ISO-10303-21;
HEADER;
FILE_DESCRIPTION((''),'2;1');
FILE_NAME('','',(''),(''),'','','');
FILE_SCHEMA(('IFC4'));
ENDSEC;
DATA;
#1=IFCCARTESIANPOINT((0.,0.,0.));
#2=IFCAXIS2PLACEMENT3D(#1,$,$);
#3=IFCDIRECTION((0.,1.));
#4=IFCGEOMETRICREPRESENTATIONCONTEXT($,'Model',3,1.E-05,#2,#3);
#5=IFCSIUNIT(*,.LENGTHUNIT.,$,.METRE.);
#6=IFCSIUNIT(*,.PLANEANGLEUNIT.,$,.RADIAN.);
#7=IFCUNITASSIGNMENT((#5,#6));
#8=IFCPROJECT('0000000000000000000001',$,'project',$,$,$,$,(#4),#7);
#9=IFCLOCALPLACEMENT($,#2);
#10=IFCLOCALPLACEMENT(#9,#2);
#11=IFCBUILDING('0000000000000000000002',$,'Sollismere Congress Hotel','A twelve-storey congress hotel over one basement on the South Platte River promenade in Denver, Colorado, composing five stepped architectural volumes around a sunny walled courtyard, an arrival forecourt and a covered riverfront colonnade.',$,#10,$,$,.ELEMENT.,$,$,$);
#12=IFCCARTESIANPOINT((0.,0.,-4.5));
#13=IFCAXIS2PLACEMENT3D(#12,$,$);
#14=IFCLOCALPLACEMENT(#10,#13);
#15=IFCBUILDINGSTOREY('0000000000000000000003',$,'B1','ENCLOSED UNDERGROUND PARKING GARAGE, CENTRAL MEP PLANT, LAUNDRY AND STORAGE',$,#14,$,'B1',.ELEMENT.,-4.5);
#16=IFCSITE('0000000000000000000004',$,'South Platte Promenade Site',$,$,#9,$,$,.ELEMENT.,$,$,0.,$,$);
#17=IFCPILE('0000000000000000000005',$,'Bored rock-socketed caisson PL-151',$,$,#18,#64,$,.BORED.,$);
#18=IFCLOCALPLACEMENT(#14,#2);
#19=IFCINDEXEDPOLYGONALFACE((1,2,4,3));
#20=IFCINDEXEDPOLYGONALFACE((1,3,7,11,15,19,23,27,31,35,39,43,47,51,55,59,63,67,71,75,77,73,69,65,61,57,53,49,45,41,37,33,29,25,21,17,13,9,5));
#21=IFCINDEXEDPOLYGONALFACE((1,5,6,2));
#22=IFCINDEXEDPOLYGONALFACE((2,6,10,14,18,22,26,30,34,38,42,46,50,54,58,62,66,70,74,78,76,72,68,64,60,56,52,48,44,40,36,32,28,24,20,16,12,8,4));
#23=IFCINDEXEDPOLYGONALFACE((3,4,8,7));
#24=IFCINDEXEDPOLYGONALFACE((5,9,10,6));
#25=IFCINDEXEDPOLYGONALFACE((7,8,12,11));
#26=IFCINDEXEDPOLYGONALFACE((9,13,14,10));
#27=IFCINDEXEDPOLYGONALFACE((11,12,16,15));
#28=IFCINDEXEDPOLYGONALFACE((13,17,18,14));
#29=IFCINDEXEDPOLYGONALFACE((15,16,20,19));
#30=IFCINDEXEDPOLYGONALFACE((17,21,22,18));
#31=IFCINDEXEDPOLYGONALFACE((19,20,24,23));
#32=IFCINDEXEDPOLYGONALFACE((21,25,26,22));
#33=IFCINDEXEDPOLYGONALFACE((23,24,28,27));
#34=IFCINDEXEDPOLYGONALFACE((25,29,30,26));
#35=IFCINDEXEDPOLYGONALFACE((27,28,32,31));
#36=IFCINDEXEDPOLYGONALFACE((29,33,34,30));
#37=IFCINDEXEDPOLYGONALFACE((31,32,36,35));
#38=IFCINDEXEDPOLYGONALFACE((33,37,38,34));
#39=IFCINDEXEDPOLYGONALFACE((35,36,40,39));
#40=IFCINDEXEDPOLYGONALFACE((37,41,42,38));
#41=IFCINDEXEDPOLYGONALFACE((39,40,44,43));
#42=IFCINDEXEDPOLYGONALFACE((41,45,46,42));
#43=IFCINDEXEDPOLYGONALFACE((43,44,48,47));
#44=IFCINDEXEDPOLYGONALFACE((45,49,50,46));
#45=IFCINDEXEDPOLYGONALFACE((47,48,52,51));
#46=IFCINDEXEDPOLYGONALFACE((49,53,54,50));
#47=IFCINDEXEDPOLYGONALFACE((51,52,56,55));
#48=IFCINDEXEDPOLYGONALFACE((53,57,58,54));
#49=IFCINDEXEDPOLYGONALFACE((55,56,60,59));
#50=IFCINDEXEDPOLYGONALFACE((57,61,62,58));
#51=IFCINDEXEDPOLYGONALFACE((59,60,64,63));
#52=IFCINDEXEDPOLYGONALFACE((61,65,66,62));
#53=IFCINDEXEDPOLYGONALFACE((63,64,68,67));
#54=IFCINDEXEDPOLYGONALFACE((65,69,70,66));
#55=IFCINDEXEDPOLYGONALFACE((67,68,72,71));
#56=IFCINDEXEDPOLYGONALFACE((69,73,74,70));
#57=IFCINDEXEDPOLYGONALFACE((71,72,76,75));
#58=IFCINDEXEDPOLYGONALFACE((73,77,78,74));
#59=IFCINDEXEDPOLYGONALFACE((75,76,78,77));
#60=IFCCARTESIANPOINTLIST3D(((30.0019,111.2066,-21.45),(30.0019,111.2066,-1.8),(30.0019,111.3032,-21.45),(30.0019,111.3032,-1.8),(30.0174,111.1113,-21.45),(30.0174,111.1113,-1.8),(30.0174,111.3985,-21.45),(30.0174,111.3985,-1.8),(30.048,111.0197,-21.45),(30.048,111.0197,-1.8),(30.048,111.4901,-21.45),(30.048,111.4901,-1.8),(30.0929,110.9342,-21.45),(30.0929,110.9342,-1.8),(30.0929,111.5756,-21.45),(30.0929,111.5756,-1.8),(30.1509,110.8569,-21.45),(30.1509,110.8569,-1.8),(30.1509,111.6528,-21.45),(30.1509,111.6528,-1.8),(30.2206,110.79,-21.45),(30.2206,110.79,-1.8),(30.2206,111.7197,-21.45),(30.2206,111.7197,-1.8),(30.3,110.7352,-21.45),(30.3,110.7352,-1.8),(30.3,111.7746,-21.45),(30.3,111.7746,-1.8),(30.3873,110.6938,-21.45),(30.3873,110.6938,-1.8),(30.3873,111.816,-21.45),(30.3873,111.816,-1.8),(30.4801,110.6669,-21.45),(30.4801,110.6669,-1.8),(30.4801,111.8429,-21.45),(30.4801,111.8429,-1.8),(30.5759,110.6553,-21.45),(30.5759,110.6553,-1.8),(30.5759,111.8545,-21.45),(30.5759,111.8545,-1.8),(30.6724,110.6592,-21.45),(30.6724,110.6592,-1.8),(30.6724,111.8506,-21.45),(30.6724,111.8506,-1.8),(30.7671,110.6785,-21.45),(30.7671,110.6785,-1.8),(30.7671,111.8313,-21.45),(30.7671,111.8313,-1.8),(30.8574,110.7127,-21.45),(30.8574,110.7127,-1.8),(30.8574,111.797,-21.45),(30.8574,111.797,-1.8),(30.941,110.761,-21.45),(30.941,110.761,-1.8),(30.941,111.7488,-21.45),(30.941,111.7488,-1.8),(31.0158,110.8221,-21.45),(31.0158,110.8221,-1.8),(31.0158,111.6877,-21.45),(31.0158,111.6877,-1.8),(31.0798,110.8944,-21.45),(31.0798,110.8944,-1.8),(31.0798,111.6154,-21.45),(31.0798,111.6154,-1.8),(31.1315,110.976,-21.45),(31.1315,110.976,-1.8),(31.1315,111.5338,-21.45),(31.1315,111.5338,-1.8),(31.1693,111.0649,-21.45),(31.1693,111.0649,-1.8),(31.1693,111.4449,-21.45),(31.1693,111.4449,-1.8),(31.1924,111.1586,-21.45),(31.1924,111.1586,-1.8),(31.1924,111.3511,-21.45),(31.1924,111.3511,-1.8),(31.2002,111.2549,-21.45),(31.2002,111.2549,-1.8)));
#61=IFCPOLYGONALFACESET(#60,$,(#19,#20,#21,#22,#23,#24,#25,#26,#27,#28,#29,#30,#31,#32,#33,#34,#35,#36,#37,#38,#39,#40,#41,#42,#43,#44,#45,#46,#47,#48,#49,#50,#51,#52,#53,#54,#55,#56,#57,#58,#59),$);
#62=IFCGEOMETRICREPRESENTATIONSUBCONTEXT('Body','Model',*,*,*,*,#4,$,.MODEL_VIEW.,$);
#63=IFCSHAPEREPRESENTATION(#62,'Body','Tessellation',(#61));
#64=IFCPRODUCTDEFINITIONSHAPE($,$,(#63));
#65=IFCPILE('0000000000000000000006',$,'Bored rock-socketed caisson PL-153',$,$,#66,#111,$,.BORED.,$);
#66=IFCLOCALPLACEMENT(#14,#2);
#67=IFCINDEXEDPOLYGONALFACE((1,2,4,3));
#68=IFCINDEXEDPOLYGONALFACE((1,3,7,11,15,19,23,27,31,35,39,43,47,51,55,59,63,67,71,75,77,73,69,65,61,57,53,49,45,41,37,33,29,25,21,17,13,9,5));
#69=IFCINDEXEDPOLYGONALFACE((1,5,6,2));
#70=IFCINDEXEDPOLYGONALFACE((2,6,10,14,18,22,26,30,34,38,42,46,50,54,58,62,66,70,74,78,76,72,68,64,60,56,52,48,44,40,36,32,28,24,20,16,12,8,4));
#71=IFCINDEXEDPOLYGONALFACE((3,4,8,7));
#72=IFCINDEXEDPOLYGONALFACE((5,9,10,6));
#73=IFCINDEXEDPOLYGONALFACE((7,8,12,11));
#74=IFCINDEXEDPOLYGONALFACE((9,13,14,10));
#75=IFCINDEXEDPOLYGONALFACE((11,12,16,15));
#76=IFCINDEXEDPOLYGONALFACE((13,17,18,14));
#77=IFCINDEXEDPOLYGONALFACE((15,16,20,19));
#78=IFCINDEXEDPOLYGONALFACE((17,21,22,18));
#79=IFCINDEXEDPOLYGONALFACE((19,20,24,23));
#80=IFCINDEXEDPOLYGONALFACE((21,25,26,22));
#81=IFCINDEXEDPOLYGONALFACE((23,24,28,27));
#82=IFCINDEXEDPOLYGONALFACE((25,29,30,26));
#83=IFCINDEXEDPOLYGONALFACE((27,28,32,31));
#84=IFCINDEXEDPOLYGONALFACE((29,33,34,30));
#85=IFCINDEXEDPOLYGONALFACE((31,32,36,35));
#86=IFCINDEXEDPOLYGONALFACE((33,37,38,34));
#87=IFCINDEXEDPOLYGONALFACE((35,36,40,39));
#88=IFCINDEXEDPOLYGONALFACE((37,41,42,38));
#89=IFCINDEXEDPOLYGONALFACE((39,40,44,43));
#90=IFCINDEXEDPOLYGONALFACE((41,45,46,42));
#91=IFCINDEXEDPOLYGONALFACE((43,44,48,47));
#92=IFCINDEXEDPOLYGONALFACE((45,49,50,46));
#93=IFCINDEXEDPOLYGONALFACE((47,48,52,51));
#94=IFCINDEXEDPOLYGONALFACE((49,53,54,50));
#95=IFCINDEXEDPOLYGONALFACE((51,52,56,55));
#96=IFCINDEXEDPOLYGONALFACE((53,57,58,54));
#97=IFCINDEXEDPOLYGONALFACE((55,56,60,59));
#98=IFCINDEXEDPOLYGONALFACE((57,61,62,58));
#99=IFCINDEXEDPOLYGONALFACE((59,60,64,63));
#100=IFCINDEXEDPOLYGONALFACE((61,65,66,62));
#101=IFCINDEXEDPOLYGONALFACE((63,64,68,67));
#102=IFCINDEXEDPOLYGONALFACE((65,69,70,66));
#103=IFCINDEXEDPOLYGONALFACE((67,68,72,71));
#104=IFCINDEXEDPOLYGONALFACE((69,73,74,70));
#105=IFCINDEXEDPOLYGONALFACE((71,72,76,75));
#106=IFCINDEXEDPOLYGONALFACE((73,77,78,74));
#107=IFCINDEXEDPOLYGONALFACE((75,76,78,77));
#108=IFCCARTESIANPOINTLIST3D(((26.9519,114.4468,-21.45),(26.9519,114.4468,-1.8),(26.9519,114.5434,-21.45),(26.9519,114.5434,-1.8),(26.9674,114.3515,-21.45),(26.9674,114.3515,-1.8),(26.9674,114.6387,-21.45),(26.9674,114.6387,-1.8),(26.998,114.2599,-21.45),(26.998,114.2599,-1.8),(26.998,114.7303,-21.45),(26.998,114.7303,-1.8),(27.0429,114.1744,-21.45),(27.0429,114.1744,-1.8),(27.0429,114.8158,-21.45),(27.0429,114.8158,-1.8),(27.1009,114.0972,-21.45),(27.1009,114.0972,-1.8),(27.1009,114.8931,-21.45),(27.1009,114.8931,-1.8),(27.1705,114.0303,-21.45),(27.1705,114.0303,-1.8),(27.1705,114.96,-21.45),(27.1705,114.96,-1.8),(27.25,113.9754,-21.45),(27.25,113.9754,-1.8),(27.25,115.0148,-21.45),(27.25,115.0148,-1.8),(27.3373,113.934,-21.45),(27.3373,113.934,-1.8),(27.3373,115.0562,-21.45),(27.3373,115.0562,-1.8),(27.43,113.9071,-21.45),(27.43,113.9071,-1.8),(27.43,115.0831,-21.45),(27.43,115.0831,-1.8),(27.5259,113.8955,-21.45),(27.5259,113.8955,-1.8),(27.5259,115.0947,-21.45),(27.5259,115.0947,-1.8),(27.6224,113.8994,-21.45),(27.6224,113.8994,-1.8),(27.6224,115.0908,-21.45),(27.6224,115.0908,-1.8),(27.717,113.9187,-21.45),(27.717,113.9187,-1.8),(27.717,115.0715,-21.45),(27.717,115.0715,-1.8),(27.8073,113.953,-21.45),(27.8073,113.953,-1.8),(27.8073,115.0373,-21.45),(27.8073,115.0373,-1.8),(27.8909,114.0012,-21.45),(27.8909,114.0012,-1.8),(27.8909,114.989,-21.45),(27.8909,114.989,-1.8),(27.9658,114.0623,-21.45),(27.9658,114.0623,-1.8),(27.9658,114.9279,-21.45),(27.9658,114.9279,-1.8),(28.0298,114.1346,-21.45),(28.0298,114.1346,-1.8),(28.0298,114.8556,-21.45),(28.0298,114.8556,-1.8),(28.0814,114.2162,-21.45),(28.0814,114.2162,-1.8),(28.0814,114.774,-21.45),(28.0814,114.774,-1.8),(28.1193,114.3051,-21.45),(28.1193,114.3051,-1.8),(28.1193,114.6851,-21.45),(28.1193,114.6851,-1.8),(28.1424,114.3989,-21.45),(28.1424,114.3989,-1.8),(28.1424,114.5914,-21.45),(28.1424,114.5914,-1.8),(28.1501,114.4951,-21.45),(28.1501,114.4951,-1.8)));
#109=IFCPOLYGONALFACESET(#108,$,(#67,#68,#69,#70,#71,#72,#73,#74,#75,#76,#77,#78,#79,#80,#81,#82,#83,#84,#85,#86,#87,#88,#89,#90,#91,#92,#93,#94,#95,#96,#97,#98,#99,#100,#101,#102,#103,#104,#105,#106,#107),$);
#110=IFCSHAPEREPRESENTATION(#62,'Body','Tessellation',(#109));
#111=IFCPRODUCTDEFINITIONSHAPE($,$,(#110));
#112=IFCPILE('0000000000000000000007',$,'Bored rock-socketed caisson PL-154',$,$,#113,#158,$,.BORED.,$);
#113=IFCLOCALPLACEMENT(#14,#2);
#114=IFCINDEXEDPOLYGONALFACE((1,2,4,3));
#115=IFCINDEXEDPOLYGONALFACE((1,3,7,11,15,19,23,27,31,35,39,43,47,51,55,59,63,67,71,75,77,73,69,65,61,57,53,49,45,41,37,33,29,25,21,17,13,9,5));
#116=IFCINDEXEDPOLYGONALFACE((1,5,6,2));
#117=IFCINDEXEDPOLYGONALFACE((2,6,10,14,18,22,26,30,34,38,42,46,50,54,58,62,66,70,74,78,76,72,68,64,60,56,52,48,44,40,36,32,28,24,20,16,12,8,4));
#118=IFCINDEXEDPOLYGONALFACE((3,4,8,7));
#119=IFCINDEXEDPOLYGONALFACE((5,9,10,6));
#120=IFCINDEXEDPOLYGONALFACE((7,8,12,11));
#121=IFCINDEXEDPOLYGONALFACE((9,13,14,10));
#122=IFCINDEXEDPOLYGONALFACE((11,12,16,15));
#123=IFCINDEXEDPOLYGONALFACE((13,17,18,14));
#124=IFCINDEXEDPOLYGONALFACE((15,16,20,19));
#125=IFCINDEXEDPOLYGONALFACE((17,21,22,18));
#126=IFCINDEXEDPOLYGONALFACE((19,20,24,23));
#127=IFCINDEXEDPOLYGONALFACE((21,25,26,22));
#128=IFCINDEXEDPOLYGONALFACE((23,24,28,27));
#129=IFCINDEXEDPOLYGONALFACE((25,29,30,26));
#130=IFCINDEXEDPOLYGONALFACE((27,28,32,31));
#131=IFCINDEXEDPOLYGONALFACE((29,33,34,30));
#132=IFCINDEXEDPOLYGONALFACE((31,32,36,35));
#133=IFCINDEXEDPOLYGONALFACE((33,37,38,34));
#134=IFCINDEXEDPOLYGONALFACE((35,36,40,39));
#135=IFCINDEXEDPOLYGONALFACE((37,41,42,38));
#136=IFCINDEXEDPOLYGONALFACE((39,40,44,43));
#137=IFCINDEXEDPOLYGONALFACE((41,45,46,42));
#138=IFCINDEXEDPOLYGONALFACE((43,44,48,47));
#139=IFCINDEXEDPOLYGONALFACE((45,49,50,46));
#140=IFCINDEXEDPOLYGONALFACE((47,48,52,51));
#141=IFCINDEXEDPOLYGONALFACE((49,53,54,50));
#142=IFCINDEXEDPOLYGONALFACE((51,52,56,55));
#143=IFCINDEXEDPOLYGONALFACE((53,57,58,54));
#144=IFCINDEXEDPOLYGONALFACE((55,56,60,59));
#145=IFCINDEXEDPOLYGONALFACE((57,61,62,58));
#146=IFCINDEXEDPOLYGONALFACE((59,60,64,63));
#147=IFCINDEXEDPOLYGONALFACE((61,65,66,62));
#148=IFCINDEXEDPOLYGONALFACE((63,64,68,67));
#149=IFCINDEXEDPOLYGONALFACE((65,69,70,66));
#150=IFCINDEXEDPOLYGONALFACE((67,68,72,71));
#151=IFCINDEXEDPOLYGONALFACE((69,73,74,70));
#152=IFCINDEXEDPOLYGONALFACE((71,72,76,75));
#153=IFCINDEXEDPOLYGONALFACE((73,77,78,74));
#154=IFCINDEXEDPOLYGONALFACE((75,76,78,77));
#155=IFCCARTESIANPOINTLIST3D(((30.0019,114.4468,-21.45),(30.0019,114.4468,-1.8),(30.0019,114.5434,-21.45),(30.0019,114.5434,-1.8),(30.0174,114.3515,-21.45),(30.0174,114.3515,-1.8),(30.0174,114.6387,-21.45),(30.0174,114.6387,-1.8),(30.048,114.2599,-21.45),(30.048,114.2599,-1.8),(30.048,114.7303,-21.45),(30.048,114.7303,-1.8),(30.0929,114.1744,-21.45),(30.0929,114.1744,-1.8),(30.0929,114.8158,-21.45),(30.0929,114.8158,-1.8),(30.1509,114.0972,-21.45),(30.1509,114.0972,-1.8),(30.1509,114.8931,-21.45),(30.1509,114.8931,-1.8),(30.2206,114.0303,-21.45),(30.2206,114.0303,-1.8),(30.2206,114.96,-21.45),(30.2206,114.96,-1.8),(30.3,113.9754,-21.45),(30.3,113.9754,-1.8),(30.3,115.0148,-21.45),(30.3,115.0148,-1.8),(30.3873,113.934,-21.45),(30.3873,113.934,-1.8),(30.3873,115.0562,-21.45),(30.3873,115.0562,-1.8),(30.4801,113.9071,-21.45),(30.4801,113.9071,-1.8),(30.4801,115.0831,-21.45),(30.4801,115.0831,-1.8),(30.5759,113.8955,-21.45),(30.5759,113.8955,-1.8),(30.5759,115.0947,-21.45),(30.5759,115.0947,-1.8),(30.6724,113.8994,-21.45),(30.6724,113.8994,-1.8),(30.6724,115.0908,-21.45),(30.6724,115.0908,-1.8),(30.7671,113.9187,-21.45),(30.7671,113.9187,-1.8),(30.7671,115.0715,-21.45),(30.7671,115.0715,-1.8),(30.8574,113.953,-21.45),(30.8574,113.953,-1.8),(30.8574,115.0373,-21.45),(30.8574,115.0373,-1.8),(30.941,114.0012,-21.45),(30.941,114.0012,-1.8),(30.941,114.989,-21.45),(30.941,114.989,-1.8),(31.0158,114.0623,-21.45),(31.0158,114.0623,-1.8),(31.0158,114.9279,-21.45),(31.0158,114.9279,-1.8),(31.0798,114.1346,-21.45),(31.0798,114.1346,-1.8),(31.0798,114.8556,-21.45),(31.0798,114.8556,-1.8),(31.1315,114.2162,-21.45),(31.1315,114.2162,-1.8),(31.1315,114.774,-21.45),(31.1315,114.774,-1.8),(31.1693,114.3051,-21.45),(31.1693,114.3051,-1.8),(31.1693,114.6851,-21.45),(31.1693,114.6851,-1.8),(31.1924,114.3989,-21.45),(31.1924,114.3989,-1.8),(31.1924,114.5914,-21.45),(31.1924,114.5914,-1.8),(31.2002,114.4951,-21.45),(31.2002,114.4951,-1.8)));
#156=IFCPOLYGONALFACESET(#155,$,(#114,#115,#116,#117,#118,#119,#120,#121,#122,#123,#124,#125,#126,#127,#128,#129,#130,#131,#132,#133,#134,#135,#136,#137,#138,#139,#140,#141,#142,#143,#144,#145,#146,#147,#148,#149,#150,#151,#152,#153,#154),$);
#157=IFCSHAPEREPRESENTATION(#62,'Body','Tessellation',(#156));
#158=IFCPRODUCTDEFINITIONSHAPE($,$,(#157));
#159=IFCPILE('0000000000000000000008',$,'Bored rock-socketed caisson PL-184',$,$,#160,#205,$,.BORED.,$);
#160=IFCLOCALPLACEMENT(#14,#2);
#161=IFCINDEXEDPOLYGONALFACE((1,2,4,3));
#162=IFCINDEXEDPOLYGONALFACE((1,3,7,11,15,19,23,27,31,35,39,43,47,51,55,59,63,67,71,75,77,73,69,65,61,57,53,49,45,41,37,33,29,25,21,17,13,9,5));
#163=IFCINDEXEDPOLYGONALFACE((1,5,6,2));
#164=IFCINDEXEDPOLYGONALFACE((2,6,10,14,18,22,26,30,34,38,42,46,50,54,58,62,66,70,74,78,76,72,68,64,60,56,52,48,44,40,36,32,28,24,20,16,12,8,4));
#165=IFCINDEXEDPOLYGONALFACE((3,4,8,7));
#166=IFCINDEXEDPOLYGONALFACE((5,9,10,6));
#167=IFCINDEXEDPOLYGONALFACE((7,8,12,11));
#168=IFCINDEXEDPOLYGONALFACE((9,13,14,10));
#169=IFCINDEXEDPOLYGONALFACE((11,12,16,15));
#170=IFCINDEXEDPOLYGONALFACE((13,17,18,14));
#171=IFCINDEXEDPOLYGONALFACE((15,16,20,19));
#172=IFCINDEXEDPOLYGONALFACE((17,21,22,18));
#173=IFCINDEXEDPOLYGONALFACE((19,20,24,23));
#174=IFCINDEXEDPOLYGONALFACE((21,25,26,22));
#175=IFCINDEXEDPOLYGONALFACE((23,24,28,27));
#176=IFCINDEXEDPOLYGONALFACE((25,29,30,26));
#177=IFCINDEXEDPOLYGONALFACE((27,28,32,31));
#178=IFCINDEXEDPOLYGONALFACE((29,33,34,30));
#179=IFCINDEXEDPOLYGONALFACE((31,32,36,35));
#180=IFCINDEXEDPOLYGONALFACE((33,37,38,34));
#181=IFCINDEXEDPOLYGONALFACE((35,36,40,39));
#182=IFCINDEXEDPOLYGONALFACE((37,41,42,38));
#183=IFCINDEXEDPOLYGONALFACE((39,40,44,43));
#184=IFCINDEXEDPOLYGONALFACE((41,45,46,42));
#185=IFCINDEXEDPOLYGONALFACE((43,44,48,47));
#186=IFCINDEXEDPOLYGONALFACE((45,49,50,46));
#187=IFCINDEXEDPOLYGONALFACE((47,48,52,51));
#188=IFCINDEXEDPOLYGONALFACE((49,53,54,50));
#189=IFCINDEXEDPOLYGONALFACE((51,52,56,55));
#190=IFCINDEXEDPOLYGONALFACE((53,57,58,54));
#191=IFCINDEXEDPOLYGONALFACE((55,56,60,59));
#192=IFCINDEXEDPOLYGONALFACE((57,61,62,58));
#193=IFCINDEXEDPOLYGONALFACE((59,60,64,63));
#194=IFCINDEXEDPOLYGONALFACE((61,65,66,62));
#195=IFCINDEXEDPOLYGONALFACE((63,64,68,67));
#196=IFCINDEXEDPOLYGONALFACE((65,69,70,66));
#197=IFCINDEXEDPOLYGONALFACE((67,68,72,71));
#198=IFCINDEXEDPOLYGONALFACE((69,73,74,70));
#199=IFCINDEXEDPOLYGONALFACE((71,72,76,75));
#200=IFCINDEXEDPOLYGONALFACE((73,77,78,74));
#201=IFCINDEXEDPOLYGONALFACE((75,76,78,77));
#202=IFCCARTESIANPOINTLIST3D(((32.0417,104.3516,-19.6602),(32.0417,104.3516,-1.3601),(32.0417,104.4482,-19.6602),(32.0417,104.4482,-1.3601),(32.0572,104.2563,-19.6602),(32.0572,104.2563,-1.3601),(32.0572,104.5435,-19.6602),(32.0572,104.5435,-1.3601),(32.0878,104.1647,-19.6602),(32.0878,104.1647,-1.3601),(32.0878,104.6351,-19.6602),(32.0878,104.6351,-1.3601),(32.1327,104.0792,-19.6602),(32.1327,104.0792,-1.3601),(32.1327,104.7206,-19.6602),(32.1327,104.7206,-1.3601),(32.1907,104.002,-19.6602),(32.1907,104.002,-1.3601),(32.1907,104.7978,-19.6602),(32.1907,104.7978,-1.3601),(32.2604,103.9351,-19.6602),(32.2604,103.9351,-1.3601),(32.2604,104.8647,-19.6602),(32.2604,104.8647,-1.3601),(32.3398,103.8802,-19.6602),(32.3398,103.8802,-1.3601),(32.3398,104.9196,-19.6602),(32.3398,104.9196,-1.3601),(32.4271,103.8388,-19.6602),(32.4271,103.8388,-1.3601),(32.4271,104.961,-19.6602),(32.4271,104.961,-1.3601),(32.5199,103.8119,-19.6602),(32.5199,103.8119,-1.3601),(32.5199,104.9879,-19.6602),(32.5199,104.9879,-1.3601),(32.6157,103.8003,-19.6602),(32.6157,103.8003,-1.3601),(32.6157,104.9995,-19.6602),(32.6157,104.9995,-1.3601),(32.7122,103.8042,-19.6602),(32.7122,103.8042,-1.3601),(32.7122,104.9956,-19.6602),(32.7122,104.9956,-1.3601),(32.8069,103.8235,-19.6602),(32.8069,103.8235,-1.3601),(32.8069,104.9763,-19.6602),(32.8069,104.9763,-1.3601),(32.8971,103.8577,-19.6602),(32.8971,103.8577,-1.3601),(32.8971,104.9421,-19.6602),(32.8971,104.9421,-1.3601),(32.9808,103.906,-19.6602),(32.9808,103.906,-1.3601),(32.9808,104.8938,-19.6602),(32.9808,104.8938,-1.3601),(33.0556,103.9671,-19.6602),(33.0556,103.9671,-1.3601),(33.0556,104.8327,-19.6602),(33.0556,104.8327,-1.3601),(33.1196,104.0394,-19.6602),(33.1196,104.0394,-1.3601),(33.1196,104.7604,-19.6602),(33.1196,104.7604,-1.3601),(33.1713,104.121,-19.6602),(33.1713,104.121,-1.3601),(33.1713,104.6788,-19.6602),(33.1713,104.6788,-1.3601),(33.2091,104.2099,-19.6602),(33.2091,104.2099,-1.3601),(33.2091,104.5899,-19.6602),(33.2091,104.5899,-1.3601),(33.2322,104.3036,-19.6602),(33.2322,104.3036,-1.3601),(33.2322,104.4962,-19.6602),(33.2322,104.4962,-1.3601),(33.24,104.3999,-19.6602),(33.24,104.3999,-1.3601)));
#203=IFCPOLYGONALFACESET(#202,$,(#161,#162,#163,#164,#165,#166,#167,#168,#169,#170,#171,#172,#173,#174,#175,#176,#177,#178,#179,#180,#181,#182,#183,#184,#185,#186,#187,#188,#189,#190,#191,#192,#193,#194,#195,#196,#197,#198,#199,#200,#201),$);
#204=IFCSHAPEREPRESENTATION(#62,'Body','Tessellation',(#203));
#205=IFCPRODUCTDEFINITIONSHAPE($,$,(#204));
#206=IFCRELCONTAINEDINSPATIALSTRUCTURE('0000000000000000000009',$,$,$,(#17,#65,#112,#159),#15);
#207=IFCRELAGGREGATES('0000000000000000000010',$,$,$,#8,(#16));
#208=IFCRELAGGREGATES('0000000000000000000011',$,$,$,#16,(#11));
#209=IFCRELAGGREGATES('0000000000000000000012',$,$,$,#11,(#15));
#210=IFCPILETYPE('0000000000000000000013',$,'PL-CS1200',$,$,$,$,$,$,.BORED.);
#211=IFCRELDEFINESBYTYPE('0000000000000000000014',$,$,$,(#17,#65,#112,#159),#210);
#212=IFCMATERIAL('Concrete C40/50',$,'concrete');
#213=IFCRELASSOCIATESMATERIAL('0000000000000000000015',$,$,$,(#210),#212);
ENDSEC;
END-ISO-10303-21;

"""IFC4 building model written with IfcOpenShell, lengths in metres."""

from ifc_helpers import new_model, si_unit, direction, frame, origin, origin_2d, place, context, subcontext, project, spatial, circle, extrude, material, material_profile, profile_set, type_object, element, save


model = new_model("IFC4")

# Units and contexts
model_context = context("Model", 3, precision=1e-05, world=origin(), true_north=direction((0.0, 1.0)))
body_context = subcontext(model_context, "Body", "Model", "MODEL_VIEW")
ifc_project = project(units=[si_unit("LENGTHUNIT", "METRE"), si_unit("PLANEANGLEUNIT", "RADIAN")], contexts=[model_context])

# Site, building, storey
site_placement = place(None, origin())
site = spatial("IfcSite", under=ifc_project, at=site_placement, Name="South Platte Promenade Site", CompositionType="ELEMENT", RefElevation=0.0)
building_placement = place(site_placement, origin())
building = spatial("IfcBuilding", under=site, at=building_placement, Name="Sollismere Congress Hotel", Description="A twelve-storey congress hotel over one basement on the South Platte River promenade in Denver, Colorado, composing five stepped architectural volumes around a sunny walled courtyard, an arrival forecourt and a covered riverfront colonnade.", CompositionType="ELEMENT")
storey_placement = place(building_placement, frame((0.0, 0.0, -4.5)))
storey = spatial("IfcBuildingStorey", under=building, at=storey_placement, Name="B1", Description="ENCLOSED UNDERGROUND PARKING GARAGE, CENTRAL MEP PLANT, LAUNDRY AND STORAGE", LongName="B1", CompositionType="ELEMENT", Elevation=-4.5)

# Shared definitions
ifc_material_1 = material(Name="Concrete C40/50", Category="concrete")

# Piles
ifc_material_profile_1 = material_profile(ifc_material_1, circle(Radius=0.6001, at=origin_2d()), Name="CAISSON1200")
ifc_profile_set_1 = profile_set([ifc_material_profile_1], Name="Concrete C40/50")
pile_type = type_object("IfcPileType", Name="PL-CS1200", PredefinedType="BORED", material=ifc_profile_set_1)
for number, where, z_axis, x_axis, name in (
    (1, (30.6001, 111.2549, -1.8), (0.0, 0.0, -1.0), (1.0, 0.0, 0.0), "Bored rock-socketed caisson PL-151"),
    (2, (27.55, 114.4951, -1.8), (0.0, 0.0, -1.0), (1.0, 0.0, 0.0), "Bored rock-socketed caisson PL-153"),
    (3, (30.6001, 114.4951, -1.8), (0.0, 0.0, -1.0), (1.0, 0.0, 0.0), "Bored rock-socketed caisson PL-154"),
):
    element("IfcPile", number, at=place(storey_placement, frame(where, z_axis=z_axis, x_axis=x_axis)), inside=storey, type_object=pile_type, Name=name, PredefinedType="BORED", context=body_context, shape_type="SweptSolid", body=[
        extrude(circle(Radius=0.6001, at=origin_2d()), origin(), (0.0, 0.0, 1.0), 19.6499),
    ])
for number, where, z_axis, x_axis, name in (
    (4, (32.6399, 104.3999, -1.3601), (0.0, 0.0, -1.0), (1.0, 0.0, 0.0), "Bored rock-socketed caisson PL-184"),
):
    element("IfcPile", number, at=place(storey_placement, frame(where, z_axis=z_axis, x_axis=x_axis)), inside=storey, type_object=pile_type, Name=name, PredefinedType="BORED", context=body_context, shape_type="SweptSolid", body=[
        extrude(circle(Radius=0.6001, at=origin_2d()), origin(), (0.0, 0.0, 1.0), 18.3),
    ])

save(model, "model.ifc")
